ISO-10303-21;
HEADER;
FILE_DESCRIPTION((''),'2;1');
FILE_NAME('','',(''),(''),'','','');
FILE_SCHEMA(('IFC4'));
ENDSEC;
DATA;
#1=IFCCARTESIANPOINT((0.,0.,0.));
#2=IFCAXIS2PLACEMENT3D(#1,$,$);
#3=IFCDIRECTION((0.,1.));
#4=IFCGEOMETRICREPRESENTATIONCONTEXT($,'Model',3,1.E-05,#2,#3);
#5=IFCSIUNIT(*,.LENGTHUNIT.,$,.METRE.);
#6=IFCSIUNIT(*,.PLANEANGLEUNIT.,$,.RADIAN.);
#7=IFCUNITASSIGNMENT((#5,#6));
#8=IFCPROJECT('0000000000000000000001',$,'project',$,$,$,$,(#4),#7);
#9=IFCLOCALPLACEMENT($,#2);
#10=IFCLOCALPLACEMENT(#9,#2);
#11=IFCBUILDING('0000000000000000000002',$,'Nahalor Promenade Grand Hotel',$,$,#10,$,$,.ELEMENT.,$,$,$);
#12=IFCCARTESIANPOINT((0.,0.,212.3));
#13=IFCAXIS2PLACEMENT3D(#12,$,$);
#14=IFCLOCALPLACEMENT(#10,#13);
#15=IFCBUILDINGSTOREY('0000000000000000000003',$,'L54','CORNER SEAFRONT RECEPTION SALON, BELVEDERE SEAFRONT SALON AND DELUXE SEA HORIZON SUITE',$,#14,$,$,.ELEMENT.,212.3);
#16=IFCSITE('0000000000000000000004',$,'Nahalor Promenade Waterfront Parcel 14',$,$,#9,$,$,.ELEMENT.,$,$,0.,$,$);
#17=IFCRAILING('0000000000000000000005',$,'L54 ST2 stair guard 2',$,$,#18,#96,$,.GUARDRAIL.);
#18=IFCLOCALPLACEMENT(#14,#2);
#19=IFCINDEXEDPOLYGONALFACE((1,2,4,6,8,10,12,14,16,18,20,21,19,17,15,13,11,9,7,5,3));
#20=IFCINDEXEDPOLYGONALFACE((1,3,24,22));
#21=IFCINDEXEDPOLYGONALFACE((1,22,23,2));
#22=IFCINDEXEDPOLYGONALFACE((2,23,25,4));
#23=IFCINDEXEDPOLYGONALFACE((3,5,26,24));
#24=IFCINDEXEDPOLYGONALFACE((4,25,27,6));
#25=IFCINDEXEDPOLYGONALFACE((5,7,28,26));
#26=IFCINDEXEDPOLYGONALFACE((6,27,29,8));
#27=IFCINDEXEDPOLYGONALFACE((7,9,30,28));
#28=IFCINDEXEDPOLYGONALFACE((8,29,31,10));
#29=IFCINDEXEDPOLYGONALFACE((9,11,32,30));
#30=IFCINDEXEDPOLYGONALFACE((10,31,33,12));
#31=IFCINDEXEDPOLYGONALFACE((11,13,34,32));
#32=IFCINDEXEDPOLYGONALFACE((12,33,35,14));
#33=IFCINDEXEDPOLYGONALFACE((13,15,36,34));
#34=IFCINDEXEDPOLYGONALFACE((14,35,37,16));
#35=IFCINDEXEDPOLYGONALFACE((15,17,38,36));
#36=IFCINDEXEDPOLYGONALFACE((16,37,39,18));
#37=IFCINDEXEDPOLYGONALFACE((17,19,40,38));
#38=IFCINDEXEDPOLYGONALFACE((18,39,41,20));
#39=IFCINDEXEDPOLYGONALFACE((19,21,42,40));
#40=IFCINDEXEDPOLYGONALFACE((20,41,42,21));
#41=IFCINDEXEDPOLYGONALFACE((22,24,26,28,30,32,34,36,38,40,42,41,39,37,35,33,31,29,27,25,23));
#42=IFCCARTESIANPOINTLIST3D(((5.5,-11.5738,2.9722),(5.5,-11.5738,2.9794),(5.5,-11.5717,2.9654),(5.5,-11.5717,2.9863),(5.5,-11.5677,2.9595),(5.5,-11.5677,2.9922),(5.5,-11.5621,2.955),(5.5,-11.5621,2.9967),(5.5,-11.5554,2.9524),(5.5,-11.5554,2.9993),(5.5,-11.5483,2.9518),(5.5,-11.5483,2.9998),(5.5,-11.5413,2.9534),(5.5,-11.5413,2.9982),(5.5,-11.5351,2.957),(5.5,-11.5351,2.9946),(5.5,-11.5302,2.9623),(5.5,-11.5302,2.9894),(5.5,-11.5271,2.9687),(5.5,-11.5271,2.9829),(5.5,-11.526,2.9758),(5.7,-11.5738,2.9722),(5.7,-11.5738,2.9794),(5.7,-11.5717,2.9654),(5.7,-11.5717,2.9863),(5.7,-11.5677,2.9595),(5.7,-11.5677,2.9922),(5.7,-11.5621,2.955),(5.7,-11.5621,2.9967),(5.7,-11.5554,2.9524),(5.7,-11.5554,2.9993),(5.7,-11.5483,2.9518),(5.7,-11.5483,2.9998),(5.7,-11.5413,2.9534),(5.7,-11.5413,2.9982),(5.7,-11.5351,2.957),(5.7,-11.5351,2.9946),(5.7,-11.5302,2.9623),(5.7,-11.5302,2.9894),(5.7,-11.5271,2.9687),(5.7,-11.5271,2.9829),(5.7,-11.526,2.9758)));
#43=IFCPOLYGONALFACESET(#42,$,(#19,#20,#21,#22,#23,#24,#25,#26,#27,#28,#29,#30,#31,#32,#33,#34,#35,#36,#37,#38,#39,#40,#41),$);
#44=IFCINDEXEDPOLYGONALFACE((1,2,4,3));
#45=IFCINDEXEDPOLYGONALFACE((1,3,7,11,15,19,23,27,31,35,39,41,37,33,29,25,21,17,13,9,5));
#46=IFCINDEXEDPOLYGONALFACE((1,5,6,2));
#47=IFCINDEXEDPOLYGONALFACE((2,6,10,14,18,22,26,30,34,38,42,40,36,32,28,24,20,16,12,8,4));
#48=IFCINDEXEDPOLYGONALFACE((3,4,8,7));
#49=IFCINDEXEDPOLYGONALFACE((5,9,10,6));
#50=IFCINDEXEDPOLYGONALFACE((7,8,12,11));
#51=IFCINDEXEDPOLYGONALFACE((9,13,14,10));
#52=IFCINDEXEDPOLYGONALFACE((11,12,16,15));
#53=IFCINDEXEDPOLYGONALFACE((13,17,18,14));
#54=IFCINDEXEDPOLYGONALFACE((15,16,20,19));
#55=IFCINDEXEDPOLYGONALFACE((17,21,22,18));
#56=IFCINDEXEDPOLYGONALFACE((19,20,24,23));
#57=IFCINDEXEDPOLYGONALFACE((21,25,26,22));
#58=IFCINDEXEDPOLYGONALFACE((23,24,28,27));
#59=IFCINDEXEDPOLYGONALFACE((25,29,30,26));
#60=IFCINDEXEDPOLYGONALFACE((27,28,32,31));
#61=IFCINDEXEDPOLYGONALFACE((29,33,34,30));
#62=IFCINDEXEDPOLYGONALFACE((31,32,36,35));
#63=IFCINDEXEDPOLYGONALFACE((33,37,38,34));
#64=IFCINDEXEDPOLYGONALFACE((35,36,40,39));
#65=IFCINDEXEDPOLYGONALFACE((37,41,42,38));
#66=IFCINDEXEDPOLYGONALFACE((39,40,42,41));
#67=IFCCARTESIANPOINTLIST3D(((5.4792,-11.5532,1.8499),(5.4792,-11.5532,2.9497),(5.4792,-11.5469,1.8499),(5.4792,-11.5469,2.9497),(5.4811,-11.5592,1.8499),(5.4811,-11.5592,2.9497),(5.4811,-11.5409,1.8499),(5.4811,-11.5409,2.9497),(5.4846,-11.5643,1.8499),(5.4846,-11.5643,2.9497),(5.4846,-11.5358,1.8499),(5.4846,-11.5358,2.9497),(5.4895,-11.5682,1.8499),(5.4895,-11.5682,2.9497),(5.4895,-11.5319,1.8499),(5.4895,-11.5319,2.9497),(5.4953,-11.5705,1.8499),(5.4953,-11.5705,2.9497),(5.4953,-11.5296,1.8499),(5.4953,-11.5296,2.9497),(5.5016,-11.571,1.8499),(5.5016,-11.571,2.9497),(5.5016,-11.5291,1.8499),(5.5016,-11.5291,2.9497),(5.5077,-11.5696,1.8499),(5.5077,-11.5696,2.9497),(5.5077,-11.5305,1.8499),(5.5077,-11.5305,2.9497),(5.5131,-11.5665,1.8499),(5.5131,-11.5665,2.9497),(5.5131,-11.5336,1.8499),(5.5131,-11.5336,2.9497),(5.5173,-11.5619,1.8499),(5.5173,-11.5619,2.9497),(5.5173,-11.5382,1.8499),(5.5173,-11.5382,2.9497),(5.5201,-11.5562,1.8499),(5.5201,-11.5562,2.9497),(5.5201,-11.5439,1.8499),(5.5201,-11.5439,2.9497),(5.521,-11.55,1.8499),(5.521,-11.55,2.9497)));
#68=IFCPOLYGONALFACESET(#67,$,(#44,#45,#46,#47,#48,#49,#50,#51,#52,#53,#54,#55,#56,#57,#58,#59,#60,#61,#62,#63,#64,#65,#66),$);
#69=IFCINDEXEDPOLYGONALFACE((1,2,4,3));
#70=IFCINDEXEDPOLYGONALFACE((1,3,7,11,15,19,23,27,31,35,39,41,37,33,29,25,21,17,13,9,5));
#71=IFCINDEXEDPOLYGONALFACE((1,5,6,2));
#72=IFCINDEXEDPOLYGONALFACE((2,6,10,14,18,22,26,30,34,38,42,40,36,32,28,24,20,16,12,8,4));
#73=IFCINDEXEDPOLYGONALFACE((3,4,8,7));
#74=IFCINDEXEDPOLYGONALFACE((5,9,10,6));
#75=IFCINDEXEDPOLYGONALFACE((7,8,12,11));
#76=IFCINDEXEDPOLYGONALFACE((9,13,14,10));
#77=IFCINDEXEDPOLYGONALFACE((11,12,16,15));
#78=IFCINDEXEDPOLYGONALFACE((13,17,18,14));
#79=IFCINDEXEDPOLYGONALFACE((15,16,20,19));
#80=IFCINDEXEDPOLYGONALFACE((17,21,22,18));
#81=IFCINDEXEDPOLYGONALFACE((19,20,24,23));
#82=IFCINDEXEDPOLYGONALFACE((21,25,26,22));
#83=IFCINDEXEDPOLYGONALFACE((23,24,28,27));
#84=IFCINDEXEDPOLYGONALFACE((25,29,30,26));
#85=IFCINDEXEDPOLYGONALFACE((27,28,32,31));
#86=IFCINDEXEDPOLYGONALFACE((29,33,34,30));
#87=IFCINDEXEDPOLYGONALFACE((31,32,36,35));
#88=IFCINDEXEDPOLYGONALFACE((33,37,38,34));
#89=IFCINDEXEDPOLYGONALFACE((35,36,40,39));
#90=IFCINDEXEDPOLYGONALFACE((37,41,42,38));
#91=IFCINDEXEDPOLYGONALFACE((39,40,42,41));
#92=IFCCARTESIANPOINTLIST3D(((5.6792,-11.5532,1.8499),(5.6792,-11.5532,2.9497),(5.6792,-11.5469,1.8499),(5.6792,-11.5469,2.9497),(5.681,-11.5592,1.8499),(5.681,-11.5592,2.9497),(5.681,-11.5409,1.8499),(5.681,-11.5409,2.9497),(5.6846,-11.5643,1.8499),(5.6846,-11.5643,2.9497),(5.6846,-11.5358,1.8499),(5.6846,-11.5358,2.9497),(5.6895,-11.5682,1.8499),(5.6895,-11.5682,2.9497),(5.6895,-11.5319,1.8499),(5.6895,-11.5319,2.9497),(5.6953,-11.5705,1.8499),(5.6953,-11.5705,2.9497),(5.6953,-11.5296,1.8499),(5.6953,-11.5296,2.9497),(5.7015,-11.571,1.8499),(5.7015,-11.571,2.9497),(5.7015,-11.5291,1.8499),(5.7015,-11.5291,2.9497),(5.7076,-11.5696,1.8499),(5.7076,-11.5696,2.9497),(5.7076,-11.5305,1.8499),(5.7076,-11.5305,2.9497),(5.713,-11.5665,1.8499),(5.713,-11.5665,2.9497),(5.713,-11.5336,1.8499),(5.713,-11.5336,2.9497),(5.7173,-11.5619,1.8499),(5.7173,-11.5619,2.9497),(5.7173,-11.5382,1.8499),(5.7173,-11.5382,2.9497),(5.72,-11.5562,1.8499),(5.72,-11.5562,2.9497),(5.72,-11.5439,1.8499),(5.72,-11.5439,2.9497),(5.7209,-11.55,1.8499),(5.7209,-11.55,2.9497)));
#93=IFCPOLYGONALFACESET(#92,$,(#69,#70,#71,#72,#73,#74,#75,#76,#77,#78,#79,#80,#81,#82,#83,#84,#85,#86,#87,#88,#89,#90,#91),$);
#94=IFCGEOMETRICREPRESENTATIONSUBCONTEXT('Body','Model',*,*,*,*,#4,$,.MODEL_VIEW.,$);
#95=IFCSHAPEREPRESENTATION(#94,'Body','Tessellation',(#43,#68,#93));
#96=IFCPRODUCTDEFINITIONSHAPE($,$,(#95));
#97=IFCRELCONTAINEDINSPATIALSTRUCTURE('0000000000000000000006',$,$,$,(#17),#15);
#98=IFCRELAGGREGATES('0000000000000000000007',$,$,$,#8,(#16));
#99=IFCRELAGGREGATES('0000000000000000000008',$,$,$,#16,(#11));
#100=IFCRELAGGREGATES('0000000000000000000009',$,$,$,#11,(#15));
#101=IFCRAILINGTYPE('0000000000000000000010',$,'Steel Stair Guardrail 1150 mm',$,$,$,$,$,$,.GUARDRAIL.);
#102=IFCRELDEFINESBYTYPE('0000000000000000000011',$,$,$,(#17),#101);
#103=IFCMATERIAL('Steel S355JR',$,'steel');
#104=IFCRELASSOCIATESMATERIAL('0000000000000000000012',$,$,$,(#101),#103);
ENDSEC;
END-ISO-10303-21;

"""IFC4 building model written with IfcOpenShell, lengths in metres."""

from ifc_helpers import new_model, si_unit, direction, frame, origin, origin_2d, place, context, subcontext, project, spatial, circle, extrude, material, type_object, element, save


model = new_model("IFC4")

# Units and contexts
model_context = context("Model", 3, precision=1e-05, world=origin(), true_north=direction((0.0, 1.0)))
body_context = subcontext(model_context, "Body", "Model", "MODEL_VIEW")
ifc_project = project(units=[si_unit("LENGTHUNIT", "METRE"), si_unit("PLANEANGLEUNIT", "RADIAN")], contexts=[model_context])

# Site, building, storey
site_placement = place(None, origin())
site = spatial("IfcSite", under=ifc_project, at=site_placement, Name="Nahalor Promenade Waterfront Parcel 14", CompositionType="ELEMENT", RefElevation=0.0)
building_placement = place(site_placement, origin())
building = spatial("IfcBuilding", under=site, at=building_placement, Name="Nahalor Promenade Grand Hotel", CompositionType="ELEMENT")
storey_placement = place(building_placement, frame((0.0, 0.0, 212.3)))
storey = spatial("IfcBuildingStorey", under=building, at=storey_placement, Name="L54", Description="CORNER SEAFRONT RECEPTION SALON, BELVEDERE SEAFRONT SALON AND DELUXE SEA HORIZON SUITE", CompositionType="ELEMENT", Elevation=212.3)

# Shared definitions
ifc_material_1 = material(Name="Steel S355JR", Category="steel")

# Railing
railing_type_1 = type_object("IfcRailingType", Name="Steel Stair Guardrail 1150 mm", PredefinedType="GUARDRAIL", material=ifc_material_1)
railing_1_placement = place(storey_placement, frame((5.5, -11.55, 1.8499)))
element("IfcRailing", 1, at=railing_1_placement, inside=storey, type_object=railing_type_1, Name="L54 ST2 stair guard 2", PredefinedType="GUARDRAIL", context=body_context, shape_type="SweptSolid", body=[
    extrude(circle(Radius=0.024, at=origin_2d()), frame((0.0, 0.0, 1.126), z_axis=(1.0, 0.0, 0.0), x_axis=(0.0, 1.0, 0.0)), (0.0, 0.0, 1.0), 0.2),
    extrude(circle(Radius=0.021, at=origin_2d()), origin(), (0.0, 0.0, 1.0), 1.0999),
    extrude(circle(Radius=0.021, at=origin_2d()), frame((0.2, 0.0, 0.0)), (0.0, 0.0, 1.0), 1.0999),
])

save(model, "model.ifc")
